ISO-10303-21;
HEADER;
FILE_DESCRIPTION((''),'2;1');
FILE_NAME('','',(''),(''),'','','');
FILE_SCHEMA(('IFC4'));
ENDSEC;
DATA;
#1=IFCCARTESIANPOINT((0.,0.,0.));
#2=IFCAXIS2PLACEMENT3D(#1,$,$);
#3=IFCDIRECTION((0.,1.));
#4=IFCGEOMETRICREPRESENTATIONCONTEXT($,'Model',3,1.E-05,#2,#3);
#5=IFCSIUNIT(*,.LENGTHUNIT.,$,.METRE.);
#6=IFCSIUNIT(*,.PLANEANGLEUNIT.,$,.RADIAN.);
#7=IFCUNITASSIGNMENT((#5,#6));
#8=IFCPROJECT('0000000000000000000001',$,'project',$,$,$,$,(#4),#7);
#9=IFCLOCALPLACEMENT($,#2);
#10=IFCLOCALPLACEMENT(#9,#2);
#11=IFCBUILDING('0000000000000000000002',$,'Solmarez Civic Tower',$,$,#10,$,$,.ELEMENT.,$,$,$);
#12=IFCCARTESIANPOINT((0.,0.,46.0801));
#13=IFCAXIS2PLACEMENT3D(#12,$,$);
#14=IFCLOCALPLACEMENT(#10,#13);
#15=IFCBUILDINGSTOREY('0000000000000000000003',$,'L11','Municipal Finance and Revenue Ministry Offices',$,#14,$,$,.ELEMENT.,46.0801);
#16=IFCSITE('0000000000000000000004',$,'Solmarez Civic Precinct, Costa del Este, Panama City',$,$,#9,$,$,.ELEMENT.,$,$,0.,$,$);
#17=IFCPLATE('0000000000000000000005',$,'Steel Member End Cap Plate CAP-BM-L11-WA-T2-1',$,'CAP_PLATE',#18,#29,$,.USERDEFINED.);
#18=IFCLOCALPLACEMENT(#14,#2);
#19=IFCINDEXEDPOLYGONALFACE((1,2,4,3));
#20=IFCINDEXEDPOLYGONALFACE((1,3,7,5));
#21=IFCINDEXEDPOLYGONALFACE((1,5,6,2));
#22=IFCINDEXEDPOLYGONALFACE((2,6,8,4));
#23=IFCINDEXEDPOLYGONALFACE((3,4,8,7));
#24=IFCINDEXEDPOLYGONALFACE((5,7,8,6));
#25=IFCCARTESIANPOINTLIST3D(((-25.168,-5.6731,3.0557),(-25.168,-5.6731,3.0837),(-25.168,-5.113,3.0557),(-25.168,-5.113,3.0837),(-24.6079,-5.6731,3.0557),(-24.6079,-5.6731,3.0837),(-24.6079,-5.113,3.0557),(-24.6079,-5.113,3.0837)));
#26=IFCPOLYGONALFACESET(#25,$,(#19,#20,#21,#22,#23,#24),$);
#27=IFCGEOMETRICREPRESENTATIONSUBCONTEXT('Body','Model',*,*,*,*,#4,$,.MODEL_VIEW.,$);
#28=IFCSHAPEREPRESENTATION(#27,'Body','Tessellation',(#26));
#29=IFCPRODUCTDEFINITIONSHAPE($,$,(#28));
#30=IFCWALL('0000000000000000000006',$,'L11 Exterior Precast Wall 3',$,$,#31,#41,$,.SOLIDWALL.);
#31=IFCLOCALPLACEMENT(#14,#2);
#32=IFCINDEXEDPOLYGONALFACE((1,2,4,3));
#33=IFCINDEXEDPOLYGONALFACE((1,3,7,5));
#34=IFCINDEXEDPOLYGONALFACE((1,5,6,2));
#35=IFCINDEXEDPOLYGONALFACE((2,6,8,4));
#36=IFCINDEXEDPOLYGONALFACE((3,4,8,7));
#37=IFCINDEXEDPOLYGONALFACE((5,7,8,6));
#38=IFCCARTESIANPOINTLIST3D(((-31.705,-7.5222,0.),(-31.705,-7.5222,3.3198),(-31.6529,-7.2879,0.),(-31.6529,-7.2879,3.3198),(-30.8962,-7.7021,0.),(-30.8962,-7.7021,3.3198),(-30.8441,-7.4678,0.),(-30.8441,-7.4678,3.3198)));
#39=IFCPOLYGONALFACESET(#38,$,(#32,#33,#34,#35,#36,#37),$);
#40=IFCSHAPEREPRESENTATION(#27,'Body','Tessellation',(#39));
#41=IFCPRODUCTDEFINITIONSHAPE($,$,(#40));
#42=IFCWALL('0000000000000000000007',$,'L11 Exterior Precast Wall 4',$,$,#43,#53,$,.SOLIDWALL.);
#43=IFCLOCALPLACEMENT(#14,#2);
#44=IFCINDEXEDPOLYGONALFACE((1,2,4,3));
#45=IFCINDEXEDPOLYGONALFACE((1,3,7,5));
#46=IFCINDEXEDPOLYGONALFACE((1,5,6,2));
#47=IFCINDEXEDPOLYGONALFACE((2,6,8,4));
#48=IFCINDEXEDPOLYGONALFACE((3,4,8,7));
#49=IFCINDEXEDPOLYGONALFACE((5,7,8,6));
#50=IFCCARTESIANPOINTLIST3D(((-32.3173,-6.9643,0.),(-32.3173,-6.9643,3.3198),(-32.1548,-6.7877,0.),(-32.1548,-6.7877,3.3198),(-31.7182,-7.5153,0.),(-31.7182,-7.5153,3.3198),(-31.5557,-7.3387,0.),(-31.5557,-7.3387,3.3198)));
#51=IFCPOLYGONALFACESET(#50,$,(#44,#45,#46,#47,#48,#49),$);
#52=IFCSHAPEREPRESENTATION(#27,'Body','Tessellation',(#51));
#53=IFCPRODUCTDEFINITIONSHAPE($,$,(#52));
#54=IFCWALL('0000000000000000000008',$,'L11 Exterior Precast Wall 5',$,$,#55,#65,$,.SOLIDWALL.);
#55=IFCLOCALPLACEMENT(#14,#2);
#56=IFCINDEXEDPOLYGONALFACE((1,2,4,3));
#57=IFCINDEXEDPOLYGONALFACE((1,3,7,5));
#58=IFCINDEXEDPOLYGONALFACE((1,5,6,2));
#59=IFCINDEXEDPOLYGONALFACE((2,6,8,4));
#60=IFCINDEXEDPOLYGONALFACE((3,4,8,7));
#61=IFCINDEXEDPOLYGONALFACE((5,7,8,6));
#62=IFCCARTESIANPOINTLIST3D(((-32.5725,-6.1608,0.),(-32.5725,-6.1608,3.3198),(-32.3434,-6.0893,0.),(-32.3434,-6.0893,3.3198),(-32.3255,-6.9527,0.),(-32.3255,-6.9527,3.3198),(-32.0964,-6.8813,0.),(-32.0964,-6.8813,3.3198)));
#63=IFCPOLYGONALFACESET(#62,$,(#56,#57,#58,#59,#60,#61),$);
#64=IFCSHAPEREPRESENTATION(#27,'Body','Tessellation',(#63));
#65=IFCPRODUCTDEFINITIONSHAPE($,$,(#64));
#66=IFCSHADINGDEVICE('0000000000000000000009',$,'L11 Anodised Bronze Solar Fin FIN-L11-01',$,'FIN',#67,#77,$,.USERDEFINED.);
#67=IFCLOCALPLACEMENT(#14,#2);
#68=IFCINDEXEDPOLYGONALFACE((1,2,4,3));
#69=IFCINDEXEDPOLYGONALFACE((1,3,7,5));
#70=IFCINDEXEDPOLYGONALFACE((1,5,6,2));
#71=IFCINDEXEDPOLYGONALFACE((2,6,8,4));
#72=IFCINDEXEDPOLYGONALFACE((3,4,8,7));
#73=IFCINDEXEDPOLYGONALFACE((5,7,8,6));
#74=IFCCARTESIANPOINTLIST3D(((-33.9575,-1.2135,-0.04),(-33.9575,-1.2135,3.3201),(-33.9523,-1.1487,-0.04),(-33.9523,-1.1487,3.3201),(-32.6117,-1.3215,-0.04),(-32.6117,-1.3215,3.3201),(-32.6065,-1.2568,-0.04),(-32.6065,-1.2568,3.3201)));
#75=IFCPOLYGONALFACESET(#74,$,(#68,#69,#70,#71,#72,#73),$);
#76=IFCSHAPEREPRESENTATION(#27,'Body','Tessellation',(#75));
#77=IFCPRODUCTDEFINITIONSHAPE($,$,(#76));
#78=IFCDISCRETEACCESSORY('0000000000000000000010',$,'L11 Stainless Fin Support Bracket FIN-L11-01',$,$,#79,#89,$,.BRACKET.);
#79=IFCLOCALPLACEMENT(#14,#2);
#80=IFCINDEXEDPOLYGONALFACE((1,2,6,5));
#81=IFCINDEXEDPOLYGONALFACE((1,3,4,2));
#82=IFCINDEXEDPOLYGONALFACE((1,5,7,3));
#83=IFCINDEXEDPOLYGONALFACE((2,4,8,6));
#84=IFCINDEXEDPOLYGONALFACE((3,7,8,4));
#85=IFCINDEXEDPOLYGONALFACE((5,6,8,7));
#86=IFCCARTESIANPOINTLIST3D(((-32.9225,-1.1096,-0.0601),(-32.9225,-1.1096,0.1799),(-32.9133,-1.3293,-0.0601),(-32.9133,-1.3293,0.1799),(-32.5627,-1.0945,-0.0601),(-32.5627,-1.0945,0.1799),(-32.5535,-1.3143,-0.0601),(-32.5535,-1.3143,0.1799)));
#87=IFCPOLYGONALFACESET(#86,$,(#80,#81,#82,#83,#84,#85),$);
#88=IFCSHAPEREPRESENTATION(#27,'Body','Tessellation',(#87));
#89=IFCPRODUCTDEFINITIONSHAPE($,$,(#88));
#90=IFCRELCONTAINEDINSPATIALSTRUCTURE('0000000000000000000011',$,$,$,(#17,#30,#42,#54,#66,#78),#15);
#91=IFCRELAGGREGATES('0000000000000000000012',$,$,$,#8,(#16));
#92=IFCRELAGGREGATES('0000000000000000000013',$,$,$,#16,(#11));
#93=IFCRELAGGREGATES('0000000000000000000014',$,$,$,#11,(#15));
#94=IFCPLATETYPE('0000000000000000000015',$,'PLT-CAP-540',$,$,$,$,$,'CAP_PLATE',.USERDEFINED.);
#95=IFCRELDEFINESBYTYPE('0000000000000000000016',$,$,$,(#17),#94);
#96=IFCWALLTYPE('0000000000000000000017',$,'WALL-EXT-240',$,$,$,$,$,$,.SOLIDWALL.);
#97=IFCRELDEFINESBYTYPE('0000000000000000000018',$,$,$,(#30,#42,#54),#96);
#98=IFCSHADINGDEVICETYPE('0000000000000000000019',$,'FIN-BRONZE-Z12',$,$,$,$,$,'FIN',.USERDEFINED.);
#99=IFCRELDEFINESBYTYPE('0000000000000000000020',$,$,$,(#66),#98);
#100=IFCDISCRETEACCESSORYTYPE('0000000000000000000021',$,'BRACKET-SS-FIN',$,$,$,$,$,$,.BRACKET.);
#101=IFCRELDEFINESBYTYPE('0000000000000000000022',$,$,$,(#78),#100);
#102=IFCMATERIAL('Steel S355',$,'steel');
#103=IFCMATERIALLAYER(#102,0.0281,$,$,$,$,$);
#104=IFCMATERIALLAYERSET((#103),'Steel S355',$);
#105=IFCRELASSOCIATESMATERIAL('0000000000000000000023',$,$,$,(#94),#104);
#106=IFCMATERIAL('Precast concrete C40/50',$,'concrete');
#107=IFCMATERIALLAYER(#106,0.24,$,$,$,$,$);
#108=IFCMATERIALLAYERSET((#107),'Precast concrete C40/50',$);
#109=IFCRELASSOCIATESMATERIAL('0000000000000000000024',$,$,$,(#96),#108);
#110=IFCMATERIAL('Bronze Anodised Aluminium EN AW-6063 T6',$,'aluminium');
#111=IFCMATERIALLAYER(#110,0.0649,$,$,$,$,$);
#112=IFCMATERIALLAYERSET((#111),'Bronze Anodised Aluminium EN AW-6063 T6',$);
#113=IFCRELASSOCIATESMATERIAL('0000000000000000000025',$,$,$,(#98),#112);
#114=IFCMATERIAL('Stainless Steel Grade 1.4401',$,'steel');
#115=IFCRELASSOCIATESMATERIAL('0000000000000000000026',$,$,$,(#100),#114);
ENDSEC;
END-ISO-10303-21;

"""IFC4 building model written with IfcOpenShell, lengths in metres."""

from ifc_helpers import new_model, si_unit, direction, frame, frame_2d, origin, origin_2d, place, context, subcontext, project, spatial, rectangle, extrude, material, layer, layer_set, type_object, element, save


model = new_model("IFC4")

# Units and contexts
model_context = context("Model", 3, precision=1e-05, world=origin(), true_north=direction((0.0, 1.0)))
body_context = subcontext(model_context, "Body", "Model", "MODEL_VIEW")
ifc_project = project(units=[si_unit("LENGTHUNIT", "METRE"), si_unit("PLANEANGLEUNIT", "RADIAN")], contexts=[model_context])

# Site, building, storey
site_placement = place(None, origin())
site = spatial("IfcSite", under=ifc_project, at=site_placement, Name="Solmarez Civic Precinct, Costa del Este, Panama City", CompositionType="ELEMENT", RefElevation=0.0)
building_placement = place(site_placement, origin())
building = spatial("IfcBuilding", under=site, at=building_placement, Name="Solmarez Civic Tower", CompositionType="ELEMENT")
storey_placement = place(building_placement, frame((0.0, 0.0, 46.0801)))
storey = spatial("IfcBuildingStorey", under=building, at=storey_placement, Name="L11", Description="Municipal Finance and Revenue Ministry Offices", CompositionType="ELEMENT", Elevation=46.0801)

# Shared definitions
ifc_material_1 = material(Name="Bronze Anodised Aluminium EN AW-6063 T6", Category="aluminium")

# Plate
ifc_material_2 = material(Name="Steel S355", Category="steel")
ifc_layer_1 = layer(ifc_material_2, 0.0281)
ifc_layer_set_1 = layer_set([ifc_layer_1], Name="Steel S355")
plate_type_1 = type_object("IfcPlateType", Name="PLT-CAP-540", ElementType="CAP_PLATE", PredefinedType="USERDEFINED", material=ifc_layer_set_1)
plate_1_placement = place(storey_placement, frame((-24.8879, -5.3931, 3.0557), z_axis=(0.0, 0.0, 1.0), x_axis=(1.0, 0.0, 0.0)))
element("IfcPlate", 1, at=plate_1_placement, inside=storey, type_object=plate_type_1, Name="Steel Member End Cap Plate CAP-BM-L11-WA-T2-1", ObjectType="CAP_PLATE", PredefinedType="USERDEFINED", context=body_context, shape_type="SweptSolid", body=[
    extrude(rectangle(XDim=0.5601, YDim=0.5601, at=origin_2d()), origin(), (0.0, 0.0, 1.0), 0.0281),
])

# Walls
ifc_material_3 = material(Name="Precast concrete C40/50", Category="concrete")
ifc_layer_2 = layer(ifc_material_3, 0.24)
ifc_layer_set_2 = layer_set([ifc_layer_2], Name="Precast concrete C40/50")
wall_type = type_object("IfcWallType", Name="WALL-EXT-240", PredefinedType="SOLIDWALL", material=ifc_layer_set_2)
wall_1_placement = place(storey_placement, frame((-30.8701, -7.585, 0.0), z_axis=(0.0, 0.0, 1.0), x_axis=(-0.976139, 0.217149, 0.0)))
element("IfcWall", 2, at=wall_1_placement, inside=storey, type_object=wall_type, Name="L11 Exterior Precast Wall 3", PredefinedType="SOLIDWALL", context=body_context, shape_type="SweptSolid", body=[
    extrude(rectangle(XDim=0.8286, YDim=0.24, at=frame_2d((0.4143, 0.0))), origin(), (0.0, 0.0, 1.0), 3.3198),
])
wall_2_placement = place(storey_placement, frame((-31.637, -7.427, 0.0), z_axis=(0.0, 0.0, 1.0), x_axis=(-0.736033, 0.676946, 0.0)))
element("IfcWall", 3, at=wall_2_placement, inside=storey, type_object=wall_type, Name="L11 Exterior Precast Wall 4", PredefinedType="SOLIDWALL", context=body_context, shape_type="SweptSolid", body=[
    extrude(rectangle(XDim=0.814, YDim=0.24, at=frame_2d((0.407, 0.0))), origin(), (0.0, 0.0, 1.0), 3.3198),
])
wall_3_placement = place(storey_placement, frame((-32.2109, -6.917, 0.0), z_axis=(0.0, 0.0, 1.0), x_axis=(-0.297806, 0.954626, 0.0)))
element("IfcWall", 4, at=wall_3_placement, inside=storey, type_object=wall_type, Name="L11 Exterior Precast Wall 5", PredefinedType="SOLIDWALL", context=body_context, shape_type="SweptSolid", body=[
    extrude(rectangle(XDim=0.8296, YDim=0.24, at=frame_2d((0.4148, 0.0))), origin(), (0.0, 0.0, 1.0), 3.3198),
])

# Shading device
ifc_layer_3 = layer(ifc_material_1, 0.0649)
ifc_layer_set_3 = layer_set([ifc_layer_3], Name="Bronze Anodised Aluminium EN AW-6063 T6")
shading_device_type = type_object("IfcShadingDeviceType", Name="FIN-BRONZE-Z12", ElementType="FIN", PredefinedType="USERDEFINED", material=ifc_layer_set_3)
shading_device_placement = place(storey_placement, frame((-33.282, -1.2351, -0.04), z_axis=(0.0, 0.0, 1.0), x_axis=(-0.996793, 0.080025, 0.0)))
element("IfcShadingDevice", 5, at=shading_device_placement, inside=storey, type_object=shading_device_type, Name="L11 Anodised Bronze Solar Fin FIN-L11-01", ObjectType="FIN", PredefinedType="USERDEFINED", context=body_context, shape_type="SweptSolid", body=[
    extrude(rectangle(XDim=1.3501, YDim=0.0649, at=origin_2d()), origin(), (0.0, 0.0, 1.0), 3.3601),
])

# Discrete accessory
ifc_material_4 = material(Name="Stainless Steel Grade 1.4401", Category="steel")
discrete_accessory_type = type_object("IfcDiscreteAccessoryType", Name="BRACKET-SS-FIN", PredefinedType="BRACKET", material=ifc_material_4)
discrete_accessory_placement = place(storey_placement, frame((-32.738, -1.2119, -0.0601), z_axis=(0.0, 0.0, 1.0), x_axis=(-0.999123, -0.041866, 0.0)))
element("IfcDiscreteAccessory", 6, at=discrete_accessory_placement, inside=storey, type_object=discrete_accessory_type, Name="L11 Stainless Fin Support Bracket FIN-L11-01", PredefinedType="BRACKET", context=body_context, shape_type="SweptSolid", body=[
    extrude(rectangle(XDim=0.3601, YDim=0.22, at=origin_2d()), origin(), (0.0, 0.0, 1.0), 0.24),
])

save(model, "model.ifc")
